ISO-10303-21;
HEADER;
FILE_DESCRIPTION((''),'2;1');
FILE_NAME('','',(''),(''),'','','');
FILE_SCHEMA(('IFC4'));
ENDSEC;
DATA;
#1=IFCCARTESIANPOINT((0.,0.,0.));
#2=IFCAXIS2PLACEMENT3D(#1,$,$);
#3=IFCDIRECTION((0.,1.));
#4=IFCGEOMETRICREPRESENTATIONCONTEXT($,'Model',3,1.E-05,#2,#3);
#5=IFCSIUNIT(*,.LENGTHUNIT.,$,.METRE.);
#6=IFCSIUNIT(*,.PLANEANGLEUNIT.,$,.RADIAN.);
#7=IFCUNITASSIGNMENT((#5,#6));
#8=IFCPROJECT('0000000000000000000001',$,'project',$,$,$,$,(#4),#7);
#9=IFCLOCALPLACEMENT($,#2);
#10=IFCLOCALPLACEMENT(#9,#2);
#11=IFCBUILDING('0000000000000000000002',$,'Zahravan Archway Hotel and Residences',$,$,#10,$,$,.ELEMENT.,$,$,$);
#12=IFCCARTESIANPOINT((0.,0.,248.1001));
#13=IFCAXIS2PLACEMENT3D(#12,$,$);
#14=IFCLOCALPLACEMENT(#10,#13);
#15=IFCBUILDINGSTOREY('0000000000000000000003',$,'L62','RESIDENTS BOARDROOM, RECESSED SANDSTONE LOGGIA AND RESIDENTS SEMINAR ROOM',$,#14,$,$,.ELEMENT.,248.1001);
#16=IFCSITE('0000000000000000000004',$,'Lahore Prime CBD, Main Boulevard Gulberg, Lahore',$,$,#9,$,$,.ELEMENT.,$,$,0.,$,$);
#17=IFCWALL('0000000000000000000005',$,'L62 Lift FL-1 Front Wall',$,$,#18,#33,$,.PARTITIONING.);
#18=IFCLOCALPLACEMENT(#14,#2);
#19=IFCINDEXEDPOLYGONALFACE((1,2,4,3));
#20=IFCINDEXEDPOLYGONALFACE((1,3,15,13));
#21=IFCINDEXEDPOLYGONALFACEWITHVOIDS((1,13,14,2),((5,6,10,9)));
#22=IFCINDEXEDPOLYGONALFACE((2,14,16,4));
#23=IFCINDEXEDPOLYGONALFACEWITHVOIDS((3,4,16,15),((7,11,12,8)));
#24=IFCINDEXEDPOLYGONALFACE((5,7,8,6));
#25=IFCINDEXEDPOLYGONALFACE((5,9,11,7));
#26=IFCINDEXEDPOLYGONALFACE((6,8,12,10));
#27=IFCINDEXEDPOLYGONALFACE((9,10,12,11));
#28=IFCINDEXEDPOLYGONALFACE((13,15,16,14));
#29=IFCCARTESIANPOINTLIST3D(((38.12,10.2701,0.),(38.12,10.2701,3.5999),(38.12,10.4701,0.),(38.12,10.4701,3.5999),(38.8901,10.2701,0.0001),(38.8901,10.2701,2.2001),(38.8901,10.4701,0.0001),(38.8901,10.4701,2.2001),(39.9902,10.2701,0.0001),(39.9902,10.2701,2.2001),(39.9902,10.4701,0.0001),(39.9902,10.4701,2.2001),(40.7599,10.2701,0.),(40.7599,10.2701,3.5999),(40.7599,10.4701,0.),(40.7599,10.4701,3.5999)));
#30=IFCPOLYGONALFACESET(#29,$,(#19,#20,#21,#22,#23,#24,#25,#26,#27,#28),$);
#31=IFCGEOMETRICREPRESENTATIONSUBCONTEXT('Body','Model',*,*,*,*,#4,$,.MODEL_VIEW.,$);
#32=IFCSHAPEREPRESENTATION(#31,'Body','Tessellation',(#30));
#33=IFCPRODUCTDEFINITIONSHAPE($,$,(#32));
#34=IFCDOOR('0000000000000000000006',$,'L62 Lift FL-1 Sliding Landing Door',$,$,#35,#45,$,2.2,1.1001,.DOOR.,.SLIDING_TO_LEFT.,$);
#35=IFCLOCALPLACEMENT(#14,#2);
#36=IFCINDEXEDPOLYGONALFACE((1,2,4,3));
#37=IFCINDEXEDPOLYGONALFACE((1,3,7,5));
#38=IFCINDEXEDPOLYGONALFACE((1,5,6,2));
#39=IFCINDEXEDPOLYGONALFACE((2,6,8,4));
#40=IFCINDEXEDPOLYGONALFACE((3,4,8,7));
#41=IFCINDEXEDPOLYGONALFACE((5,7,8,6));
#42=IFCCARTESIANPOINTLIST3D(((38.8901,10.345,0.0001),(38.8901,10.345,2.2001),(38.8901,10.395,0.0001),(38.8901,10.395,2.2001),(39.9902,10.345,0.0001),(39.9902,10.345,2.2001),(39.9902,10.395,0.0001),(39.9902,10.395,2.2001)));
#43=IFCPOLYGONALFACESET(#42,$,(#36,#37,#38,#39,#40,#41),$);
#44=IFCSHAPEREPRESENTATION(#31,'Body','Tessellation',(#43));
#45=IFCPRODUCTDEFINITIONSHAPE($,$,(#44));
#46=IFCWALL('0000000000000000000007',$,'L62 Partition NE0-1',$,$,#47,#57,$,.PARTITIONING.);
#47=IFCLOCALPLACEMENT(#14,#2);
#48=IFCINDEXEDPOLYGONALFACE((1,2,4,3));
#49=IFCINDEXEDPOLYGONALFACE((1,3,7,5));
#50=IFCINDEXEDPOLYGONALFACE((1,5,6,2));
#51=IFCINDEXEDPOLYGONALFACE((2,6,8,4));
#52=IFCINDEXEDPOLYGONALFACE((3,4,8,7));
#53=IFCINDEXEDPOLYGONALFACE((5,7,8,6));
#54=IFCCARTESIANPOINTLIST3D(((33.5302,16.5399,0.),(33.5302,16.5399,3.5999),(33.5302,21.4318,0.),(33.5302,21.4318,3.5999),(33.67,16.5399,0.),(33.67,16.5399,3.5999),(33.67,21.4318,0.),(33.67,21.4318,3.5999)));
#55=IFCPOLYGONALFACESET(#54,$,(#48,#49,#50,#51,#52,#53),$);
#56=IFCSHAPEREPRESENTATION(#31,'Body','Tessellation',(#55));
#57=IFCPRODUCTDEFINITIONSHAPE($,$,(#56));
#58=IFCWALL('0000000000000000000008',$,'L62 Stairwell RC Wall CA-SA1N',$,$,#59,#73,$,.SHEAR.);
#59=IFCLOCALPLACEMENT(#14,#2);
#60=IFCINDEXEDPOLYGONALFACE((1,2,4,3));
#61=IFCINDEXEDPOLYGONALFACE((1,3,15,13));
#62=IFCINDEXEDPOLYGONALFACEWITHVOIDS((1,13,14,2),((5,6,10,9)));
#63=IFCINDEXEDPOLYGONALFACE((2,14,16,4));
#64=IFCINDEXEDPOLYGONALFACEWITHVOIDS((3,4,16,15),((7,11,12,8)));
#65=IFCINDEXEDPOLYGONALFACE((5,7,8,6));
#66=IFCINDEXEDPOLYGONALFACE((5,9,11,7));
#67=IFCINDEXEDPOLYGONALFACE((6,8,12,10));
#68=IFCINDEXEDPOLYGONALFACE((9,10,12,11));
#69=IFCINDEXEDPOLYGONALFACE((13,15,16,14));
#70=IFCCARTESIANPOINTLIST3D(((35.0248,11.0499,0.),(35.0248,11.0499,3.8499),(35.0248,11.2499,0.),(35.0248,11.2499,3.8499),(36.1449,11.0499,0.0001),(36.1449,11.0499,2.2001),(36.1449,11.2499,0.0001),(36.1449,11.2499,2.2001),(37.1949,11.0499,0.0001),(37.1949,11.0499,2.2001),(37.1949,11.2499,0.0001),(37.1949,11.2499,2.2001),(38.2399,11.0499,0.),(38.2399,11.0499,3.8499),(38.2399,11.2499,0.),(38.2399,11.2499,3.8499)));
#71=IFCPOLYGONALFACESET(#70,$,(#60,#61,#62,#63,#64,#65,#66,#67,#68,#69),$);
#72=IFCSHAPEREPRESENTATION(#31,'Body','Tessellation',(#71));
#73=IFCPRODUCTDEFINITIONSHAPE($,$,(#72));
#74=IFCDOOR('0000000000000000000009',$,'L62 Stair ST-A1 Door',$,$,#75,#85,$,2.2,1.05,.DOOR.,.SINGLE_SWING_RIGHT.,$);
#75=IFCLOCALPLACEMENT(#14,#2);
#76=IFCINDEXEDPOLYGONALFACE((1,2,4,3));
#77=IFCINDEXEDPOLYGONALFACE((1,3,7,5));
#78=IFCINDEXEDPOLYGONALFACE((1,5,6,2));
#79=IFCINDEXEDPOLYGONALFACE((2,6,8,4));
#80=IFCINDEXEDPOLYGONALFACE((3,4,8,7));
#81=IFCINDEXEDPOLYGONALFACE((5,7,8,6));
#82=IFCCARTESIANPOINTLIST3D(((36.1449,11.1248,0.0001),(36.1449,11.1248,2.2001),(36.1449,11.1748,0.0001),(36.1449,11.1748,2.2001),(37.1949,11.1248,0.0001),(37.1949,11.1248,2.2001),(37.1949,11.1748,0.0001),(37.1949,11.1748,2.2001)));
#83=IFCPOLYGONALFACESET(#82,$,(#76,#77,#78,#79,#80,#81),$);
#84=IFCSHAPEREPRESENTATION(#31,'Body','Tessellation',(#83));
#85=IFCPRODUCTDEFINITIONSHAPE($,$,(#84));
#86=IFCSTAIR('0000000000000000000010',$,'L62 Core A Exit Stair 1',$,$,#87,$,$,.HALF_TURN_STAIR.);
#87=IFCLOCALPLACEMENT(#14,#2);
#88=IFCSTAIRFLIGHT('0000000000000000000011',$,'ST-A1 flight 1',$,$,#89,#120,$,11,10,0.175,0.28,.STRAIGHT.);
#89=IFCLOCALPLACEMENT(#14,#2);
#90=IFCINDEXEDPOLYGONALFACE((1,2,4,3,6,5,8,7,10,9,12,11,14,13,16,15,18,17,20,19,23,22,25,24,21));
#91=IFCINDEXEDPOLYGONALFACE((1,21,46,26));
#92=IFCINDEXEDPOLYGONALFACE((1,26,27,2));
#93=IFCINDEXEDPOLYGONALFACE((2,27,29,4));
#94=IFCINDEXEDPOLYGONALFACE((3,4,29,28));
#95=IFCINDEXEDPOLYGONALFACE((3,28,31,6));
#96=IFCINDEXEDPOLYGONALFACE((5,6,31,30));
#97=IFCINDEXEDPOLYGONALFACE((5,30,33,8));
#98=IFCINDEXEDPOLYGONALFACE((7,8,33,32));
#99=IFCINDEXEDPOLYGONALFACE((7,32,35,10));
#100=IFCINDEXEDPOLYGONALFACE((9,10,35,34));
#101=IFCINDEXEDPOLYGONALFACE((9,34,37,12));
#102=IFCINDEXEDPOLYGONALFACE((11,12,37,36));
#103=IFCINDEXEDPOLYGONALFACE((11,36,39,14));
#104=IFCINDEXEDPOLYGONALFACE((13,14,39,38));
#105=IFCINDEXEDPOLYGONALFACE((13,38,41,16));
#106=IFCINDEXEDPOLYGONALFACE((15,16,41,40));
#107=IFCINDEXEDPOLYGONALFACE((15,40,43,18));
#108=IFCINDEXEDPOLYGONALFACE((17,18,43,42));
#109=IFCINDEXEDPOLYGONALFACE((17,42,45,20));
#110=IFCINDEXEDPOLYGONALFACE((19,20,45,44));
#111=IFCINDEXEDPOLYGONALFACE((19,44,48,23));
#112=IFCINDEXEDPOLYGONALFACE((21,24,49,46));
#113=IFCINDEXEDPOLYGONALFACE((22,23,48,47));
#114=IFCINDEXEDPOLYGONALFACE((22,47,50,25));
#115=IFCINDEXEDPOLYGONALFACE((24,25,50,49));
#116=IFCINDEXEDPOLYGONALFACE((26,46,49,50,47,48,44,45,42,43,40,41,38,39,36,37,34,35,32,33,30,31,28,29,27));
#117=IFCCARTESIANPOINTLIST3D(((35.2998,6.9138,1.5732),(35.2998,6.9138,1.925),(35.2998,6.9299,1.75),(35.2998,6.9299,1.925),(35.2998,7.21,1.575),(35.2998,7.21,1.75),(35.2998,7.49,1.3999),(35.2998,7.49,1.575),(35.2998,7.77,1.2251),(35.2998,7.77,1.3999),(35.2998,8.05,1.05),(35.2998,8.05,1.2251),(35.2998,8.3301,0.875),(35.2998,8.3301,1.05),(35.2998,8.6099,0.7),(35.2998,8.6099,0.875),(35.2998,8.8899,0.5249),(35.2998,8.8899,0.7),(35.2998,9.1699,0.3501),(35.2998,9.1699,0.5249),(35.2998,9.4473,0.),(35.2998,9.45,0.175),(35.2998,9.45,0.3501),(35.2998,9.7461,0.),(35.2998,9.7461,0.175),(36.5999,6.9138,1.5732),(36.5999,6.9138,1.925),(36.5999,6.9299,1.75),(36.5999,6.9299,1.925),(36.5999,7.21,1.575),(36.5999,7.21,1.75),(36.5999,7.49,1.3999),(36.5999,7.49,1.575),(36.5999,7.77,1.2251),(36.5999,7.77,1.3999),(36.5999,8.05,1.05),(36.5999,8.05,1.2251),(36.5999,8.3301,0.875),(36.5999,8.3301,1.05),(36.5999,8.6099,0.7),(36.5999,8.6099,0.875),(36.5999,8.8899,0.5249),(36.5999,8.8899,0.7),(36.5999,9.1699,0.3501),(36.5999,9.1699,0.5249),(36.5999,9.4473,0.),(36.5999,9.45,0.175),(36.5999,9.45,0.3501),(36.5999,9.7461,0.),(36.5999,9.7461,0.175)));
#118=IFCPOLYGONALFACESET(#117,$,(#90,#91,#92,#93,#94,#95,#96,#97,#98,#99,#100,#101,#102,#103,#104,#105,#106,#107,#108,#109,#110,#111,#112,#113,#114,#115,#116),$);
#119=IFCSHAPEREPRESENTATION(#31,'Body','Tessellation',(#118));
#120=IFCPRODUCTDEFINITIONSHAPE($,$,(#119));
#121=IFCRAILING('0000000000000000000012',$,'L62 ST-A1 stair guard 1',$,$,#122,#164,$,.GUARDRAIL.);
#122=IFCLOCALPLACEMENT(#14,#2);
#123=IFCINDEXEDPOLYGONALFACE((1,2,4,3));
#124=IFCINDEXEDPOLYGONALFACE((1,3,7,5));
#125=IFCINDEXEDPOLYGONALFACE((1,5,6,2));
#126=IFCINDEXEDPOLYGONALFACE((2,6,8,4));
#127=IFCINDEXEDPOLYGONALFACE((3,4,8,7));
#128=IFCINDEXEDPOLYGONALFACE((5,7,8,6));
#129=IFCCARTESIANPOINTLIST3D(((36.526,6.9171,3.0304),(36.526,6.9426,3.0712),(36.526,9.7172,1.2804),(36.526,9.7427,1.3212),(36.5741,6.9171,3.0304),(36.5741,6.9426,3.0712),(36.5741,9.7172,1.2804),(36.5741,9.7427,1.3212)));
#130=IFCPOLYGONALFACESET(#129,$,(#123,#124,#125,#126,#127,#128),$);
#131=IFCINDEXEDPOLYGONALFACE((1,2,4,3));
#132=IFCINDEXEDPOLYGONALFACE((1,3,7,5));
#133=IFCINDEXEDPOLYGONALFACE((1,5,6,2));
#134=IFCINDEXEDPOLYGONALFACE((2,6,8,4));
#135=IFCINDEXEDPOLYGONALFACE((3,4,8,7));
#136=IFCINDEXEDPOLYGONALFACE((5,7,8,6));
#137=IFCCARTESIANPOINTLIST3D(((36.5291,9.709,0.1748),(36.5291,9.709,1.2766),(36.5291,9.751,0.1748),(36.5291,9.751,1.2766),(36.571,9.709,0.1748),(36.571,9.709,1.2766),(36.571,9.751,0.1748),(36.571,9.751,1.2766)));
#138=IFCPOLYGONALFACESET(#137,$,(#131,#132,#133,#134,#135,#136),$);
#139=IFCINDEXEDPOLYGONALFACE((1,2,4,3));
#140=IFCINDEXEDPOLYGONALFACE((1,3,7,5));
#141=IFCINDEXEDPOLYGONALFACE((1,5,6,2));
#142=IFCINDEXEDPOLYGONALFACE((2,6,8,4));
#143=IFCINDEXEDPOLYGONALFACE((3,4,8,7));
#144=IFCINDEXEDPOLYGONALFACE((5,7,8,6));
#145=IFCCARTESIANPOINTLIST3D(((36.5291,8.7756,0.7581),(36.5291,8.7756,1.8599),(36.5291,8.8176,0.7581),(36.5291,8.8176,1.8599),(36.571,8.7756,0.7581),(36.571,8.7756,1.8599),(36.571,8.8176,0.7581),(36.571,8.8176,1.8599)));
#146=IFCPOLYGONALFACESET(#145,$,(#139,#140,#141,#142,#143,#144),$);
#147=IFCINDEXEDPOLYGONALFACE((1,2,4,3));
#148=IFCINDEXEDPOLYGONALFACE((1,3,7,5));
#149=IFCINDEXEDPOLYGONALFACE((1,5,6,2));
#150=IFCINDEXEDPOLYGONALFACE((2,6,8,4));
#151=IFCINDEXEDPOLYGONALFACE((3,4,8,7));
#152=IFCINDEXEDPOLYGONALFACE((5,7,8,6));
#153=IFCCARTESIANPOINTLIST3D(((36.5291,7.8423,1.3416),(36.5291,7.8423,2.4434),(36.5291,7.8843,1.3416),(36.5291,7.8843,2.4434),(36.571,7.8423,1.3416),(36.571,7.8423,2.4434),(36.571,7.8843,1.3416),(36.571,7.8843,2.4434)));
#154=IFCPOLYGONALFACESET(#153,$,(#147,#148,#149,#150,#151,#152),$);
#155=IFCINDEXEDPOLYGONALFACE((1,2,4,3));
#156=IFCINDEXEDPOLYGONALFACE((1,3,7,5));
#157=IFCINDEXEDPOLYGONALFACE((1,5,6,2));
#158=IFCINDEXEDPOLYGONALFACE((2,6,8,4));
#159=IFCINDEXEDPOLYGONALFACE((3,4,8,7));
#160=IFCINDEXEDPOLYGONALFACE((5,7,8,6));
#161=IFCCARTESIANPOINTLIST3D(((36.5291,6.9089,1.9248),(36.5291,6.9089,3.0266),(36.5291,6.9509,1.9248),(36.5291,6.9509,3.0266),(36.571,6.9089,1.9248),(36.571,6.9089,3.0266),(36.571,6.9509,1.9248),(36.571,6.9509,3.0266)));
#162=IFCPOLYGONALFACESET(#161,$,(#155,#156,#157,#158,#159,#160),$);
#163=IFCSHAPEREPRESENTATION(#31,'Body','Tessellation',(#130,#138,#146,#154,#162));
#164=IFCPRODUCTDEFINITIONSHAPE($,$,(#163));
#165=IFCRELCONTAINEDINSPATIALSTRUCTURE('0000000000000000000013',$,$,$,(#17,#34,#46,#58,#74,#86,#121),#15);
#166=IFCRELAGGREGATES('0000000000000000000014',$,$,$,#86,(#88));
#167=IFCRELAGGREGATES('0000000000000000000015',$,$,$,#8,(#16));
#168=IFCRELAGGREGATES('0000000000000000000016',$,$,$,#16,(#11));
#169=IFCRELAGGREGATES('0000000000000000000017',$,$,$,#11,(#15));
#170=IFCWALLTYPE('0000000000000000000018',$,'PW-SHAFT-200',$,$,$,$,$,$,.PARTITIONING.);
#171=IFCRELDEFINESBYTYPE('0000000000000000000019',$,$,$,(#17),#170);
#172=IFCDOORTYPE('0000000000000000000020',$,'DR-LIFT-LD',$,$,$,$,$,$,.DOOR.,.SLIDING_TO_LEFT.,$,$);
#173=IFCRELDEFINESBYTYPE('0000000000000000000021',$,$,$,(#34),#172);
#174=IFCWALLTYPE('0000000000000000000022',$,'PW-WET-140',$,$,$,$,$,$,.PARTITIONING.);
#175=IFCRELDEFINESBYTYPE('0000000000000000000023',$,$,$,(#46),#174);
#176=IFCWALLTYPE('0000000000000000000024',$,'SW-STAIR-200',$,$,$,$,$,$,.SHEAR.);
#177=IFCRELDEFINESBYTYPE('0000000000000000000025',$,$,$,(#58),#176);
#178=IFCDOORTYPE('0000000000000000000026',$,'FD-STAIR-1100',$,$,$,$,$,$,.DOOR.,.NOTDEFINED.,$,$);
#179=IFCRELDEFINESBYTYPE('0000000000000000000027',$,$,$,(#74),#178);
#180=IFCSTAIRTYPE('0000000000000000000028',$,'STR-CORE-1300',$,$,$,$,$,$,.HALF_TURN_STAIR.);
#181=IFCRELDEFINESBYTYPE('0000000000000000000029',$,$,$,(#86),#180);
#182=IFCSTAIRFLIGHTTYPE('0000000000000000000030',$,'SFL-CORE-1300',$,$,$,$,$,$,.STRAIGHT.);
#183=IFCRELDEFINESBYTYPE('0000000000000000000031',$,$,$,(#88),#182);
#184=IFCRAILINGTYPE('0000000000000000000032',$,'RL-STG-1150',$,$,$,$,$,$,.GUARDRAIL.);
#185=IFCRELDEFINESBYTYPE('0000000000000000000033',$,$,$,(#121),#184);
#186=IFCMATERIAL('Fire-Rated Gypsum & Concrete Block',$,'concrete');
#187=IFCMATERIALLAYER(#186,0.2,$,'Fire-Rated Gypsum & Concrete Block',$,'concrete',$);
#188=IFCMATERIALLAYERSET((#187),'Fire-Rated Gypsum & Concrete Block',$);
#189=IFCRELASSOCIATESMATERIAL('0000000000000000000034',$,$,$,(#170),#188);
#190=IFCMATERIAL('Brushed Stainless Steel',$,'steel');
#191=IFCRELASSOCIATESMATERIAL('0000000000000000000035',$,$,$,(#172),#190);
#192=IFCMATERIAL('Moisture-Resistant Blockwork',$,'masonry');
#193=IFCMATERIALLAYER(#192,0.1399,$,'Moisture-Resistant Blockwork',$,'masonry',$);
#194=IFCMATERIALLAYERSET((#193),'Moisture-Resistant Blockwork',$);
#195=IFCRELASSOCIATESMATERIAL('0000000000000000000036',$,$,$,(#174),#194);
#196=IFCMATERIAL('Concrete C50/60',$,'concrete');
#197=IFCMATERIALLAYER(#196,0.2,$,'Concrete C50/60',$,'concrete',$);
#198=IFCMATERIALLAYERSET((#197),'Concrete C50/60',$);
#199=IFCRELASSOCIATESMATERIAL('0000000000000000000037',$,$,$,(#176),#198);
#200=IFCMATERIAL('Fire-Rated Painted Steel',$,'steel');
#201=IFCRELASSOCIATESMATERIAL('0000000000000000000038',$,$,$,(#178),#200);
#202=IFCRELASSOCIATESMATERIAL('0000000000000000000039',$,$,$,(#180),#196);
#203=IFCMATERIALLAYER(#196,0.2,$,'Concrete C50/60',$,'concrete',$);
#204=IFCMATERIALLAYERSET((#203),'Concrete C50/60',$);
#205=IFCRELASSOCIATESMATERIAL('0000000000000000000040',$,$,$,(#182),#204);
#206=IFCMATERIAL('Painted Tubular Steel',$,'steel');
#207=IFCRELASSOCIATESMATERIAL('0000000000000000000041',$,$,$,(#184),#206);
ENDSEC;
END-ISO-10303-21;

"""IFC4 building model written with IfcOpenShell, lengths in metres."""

from ifc_helpers import new_model, si_unit, direction, frame, frame_2d, origin, origin_2d, place, context, subcontext, project, spatial, polyline, rectangle, outline, extrude, source, transform, mapped, material, layer, layer_set, type_object, type_shapes, element, fill, aggregate, save


model = new_model("IFC4")

# Units and contexts
model_context = context("Model", 3, precision=1e-05, world=origin(), true_north=direction((0.0, 1.0)))
body_context = subcontext(model_context, "Body", "Model", "MODEL_VIEW")
ifc_project = project(units=[si_unit("LENGTHUNIT", "METRE"), si_unit("PLANEANGLEUNIT", "RADIAN")], contexts=[model_context])

# Site, building, storey
site_placement = place(None, origin())
site = spatial("IfcSite", under=ifc_project, at=site_placement, Name="Lahore Prime CBD, Main Boulevard Gulberg, Lahore", CompositionType="ELEMENT", RefElevation=0.0)
building_placement = place(site_placement, origin())
building = spatial("IfcBuilding", under=site, at=building_placement, Name="Zahravan Archway Hotel and Residences", CompositionType="ELEMENT")
storey_placement = place(building_placement, frame((0.0, 0.0, 248.1001)))
storey = spatial("IfcBuildingStorey", under=building, at=storey_placement, Name="L62", Description="RESIDENTS BOARDROOM, RECESSED SANDSTONE LOGGIA AND RESIDENTS SEMINAR ROOM", CompositionType="ELEMENT", Elevation=248.1001)

# Shared definitions
ifc_material_1 = material(Name="Concrete C50/60", Category="concrete")
ifc_material_2 = material(Name="Fire-Rated Painted Steel", Category="steel")

# Shared definitions
ifc_material_3 = material(Name="Fire-Rated Gypsum & Concrete Block", Category="concrete")

# Shared definitions
ifc_layer_1 = layer(ifc_material_3, 0.2, Name="Fire-Rated Gypsum & Concrete Block", Category="concrete")
ifc_layer_set_1 = layer_set([ifc_layer_1], Name="Fire-Rated Gypsum & Concrete Block")
wall_type_1 = type_object("IfcWallType", Name="PW-SHAFT-200", PredefinedType="PARTITIONING", material=ifc_layer_set_1)

# Wall, opening, door
wall_1_placement = place(storey_placement, frame((38.1201, 10.3701, 0.0), z_axis=(0.0, 0.0, 1.0), x_axis=(1.0, 0.0, 0.0)))
wall_1 = element("IfcWall", 1, at=wall_1_placement, inside=storey, type_object=wall_type_1, Name="L62 Lift FL-1 Front Wall", PredefinedType="PARTITIONING", context=body_context, shape_type="SweptSolid", body=[
    extrude(rectangle(XDim=2.6399, YDim=0.2, at=frame_2d((1.3198, 0.0))), origin(), (0.0, 0.0, 1.0), 3.5999),
])
opening_1_placement = place(wall_1_placement, frame((0.77, 0.0, 0.0)))
opening_1 = element("IfcOpeningElement", 2, at=opening_1_placement, cuts=wall_1, PredefinedType="OPENING", context=body_context, shape_type="SweptSolid", body=[
    extrude(rectangle(XDim=1.1001, YDim=2.2, at=frame_2d((0.55, 1.1001))), frame((0.0, 0.1099, 0.0), z_axis=(0.0, -1.0, 0.0), x_axis=(1.0, 0.0, 0.0)), (0.0, 0.0, 1.0), 0.22),
])
ifc_material_4 = material(Name="Brushed Stainless Steel", Category="steel")
door_type_1 = type_object("IfcDoorType", Name="DR-LIFT-LD", OperationType="SLIDING_TO_LEFT", PredefinedType="DOOR", material=ifc_material_4)
shared_shape_1 = source(origin(), body_context, "Body", "SweptSolid", [
    extrude(rectangle(XDim=1.1001, YDim=2.2, at=frame_2d((0.55, 1.1001))), frame((0.0, 0.0249, 0.0), z_axis=(0.0, -1.0, 0.0), x_axis=(1.0, 0.0, 0.0)), (0.0, 0.0, 1.0), 0.05),
])
type_shapes(door_type_1, [shared_shape_1])
door_1_placement = place(opening_1_placement, origin())
door_1 = element("IfcDoor", 3, at=door_1_placement, inside=storey, type_object=door_type_1, Name="L62 Lift FL-1 Sliding Landing Door", OperationType="SLIDING_TO_LEFT", OverallHeight=2.2, OverallWidth=1.1001, PredefinedType="DOOR", context=body_context, shape_type="MappedRepresentation", body=[
    mapped(shared_shape_1, transform((0.0, 0.0, 0.0), scale=1.0)),
])
fill(opening_1, door_1)

# Wall
ifc_material_5 = material(Name="Moisture-Resistant Blockwork", Category="masonry")
ifc_layer_2 = layer(ifc_material_5, 0.1399, Name="Moisture-Resistant Blockwork", Category="masonry")
ifc_layer_set_2 = layer_set([ifc_layer_2], Name="Moisture-Resistant Blockwork")
wall_type_2 = type_object("IfcWallType", Name="PW-WET-140", PredefinedType="PARTITIONING", material=ifc_layer_set_2)
wall_2_placement = place(storey_placement, frame((33.6001, 16.54, 0.0), z_axis=(0.0, 0.0, 1.0), x_axis=(0.0, 1.0, 0.0)))
element("IfcWall", 4, at=wall_2_placement, inside=storey, type_object=wall_type_2, Name="L62 Partition NE0-1", PredefinedType="PARTITIONING", context=body_context, shape_type="SweptSolid", body=[
    extrude(rectangle(XDim=4.8918, YDim=0.1399, at=frame_2d((2.4458, 0.0))), origin(), (0.0, 0.0, 1.0), 3.5999),
])

# Wall, opening, door
ifc_layer_3 = layer(ifc_material_1, 0.2, Name="Concrete C50/60", Category="concrete")
ifc_layer_set_3 = layer_set([ifc_layer_3], Name="Concrete C50/60")
wall_type_3 = type_object("IfcWallType", Name="SW-STAIR-200", PredefinedType="SHEAR", material=ifc_layer_set_3)
wall_3_placement = place(storey_placement, frame((35.0249, 11.1499, 0.0), z_axis=(0.0, 0.0, 1.0), x_axis=(1.0, 0.0, 0.0)))
wall_3 = element("IfcWall", 5, at=wall_3_placement, inside=storey, type_object=wall_type_3, Name="L62 Stairwell RC Wall CA-SA1N", PredefinedType="SHEAR", context=body_context, shape_type="SweptSolid", body=[
    extrude(rectangle(XDim=3.2151, YDim=0.2, at=frame_2d((1.6074, 0.0))), origin(), (0.0, 0.0, 1.0), 3.8499),
])
opening_2_placement = place(wall_3_placement, frame((1.1201, 0.0, 0.0)))
opening_2 = element("IfcOpeningElement", 6, at=opening_2_placement, cuts=wall_3, PredefinedType="OPENING", context=body_context, shape_type="SweptSolid", body=[
    extrude(rectangle(XDim=1.05, YDim=2.2, at=frame_2d((0.5249, 1.1001))), frame((0.0, 0.1099, 0.0), z_axis=(0.0, -1.0, 0.0), x_axis=(1.0, 0.0, 0.0)), (0.0, 0.0, 1.0), 0.22),
])
door_type_2 = type_object("IfcDoorType", Name="FD-STAIR-1100", OperationType="NOTDEFINED", PredefinedType="DOOR", material=ifc_material_2)
shared_shape_2 = source(origin(), body_context, "Body", "SweptSolid", [
    extrude(rectangle(XDim=1.05, YDim=2.2, at=frame_2d((0.5249, 1.1001))), frame((0.0, 0.0249, 0.0), z_axis=(0.0, -1.0, 0.0), x_axis=(1.0, 0.0, 0.0)), (0.0, 0.0, 1.0), 0.05),
])
type_shapes(door_type_2, [shared_shape_2])
door_2_placement = place(opening_2_placement, origin())
door_2 = element("IfcDoor", 7, at=door_2_placement, inside=storey, type_object=door_type_2, Name="L62 Stair ST-A1 Door", OperationType="SINGLE_SWING_RIGHT", OverallHeight=2.2, OverallWidth=1.05, PredefinedType="DOOR", context=body_context, shape_type="MappedRepresentation", body=[
    mapped(shared_shape_2, transform((0.0, 0.0, 0.0), scale=1.0)),
])
fill(opening_2, door_2)

# Stair, stair flight
stair_type = type_object("IfcStairType", Name="STR-CORE-1300", PredefinedType="HALF_TURN_STAIR", material=ifc_material_1)
stair_placement = place(storey_placement, origin())
stair = element("IfcStair", 8, at=stair_placement, inside=storey, type_object=stair_type, Name="L62 Core A Exit Stair 1", PredefinedType="HALF_TURN_STAIR")
ifc_layer_4 = layer(ifc_material_1, 0.2, Name="Concrete C50/60", Category="concrete")
ifc_layer_set_4 = layer_set([ifc_layer_4], Name="Concrete C50/60")
stair_flight_type = type_object("IfcStairFlightType", Name="SFL-CORE-1300", PredefinedType="STRAIGHT", material=ifc_layer_set_4)
shared_shape_3 = source(origin(), body_context, "Body", "SweptSolid", [
    extrude(outline(polyline([(-0.0161, 0.0), (-0.0161, 0.175), (0.28, 0.175), (0.28, 0.3501), (0.5601, 0.3501), (0.5601, 0.5249), (0.8401, 0.5249), (0.8401, 0.7), (1.1201, 0.7), (1.1201, 0.875), (1.3999, 0.875), (1.3999, 1.05), (1.6799, 1.05), (1.6799, 1.2251), (1.96, 1.2251), (1.96, 1.3999), (2.24, 1.3999), (2.24, 1.575), (2.52, 1.575), (2.52, 1.75), (2.8, 1.75), (2.8, 1.925), (2.8162, 1.925), (2.8162, 1.5732), (0.2827, 0.0), (-0.0161, 0.0)])), frame((0.0, 0.6499, 0.0), z_axis=(0.0, -1.0, 0.0), x_axis=(1.0, 0.0, 0.0)), (0.0, 0.0, 1.0), 1.3),
])
stair_flight_placement = place(storey_placement, frame((35.95, 9.73, 0.0), z_axis=(0.0, 0.0, 1.0), x_axis=(0.0, -1.0, 0.0)))
stair_flight = element("IfcStairFlight", 9, at=stair_flight_placement, type_object=stair_flight_type, Name="ST-A1 flight 1", NumberOfRisers=11, NumberOfTreads=10, PredefinedType="STRAIGHT", RiserHeight=0.175, TreadLength=0.28, context=body_context, shape_type="MappedRepresentation", body=[
    mapped(shared_shape_3, transform((0.0, 0.0, 0.0), scale=1.0)),
])
aggregate(stair, [stair_flight])

# Railing
ifc_material_6 = material(Name="Painted Tubular Steel", Category="steel")
railing_type_1 = type_object("IfcRailingType", Name="RL-STG-1150", PredefinedType="GUARDRAIL", material=ifc_material_6)
railing_1_placement = place(storey_placement, frame((36.55, 9.73, 0.1748)))
element("IfcRailing", 10, at=railing_1_placement, inside=storey, type_object=railing_type_1, Name="L62 ST-A1 stair guard 1", PredefinedType="GUARDRAIL", context=body_context, shape_type="SweptSolid", body=[
    extrude(rectangle(XDim=0.0481, YDim=0.0481, at=origin_2d()), frame((0.0, 0.0, 1.126), z_axis=(0.0, -0.848002, 0.529992), x_axis=(1.0, 0.0, 0.0)), (0.0, 0.0, 1.0), 3.302),
    extrude(rectangle(XDim=0.042, YDim=0.042, at=origin_2d()), origin(), (0.0, 0.0, 1.0), 1.1018),
    extrude(rectangle(XDim=0.042, YDim=0.042, at=origin_2d()), frame((0.0, -0.9333, 0.5833)), (0.0, 0.0, 1.0), 1.1018),
    extrude(rectangle(XDim=0.042, YDim=0.042, at=origin_2d()), frame((0.0, -1.8667, 1.1667)), (0.0, 0.0, 1.0), 1.1018),
    extrude(rectangle(XDim=0.042, YDim=0.042, at=origin_2d()), frame((0.0, -2.8, 1.75)), (0.0, 0.0, 1.0), 1.1018),
])

save(model, "model.ifc")
